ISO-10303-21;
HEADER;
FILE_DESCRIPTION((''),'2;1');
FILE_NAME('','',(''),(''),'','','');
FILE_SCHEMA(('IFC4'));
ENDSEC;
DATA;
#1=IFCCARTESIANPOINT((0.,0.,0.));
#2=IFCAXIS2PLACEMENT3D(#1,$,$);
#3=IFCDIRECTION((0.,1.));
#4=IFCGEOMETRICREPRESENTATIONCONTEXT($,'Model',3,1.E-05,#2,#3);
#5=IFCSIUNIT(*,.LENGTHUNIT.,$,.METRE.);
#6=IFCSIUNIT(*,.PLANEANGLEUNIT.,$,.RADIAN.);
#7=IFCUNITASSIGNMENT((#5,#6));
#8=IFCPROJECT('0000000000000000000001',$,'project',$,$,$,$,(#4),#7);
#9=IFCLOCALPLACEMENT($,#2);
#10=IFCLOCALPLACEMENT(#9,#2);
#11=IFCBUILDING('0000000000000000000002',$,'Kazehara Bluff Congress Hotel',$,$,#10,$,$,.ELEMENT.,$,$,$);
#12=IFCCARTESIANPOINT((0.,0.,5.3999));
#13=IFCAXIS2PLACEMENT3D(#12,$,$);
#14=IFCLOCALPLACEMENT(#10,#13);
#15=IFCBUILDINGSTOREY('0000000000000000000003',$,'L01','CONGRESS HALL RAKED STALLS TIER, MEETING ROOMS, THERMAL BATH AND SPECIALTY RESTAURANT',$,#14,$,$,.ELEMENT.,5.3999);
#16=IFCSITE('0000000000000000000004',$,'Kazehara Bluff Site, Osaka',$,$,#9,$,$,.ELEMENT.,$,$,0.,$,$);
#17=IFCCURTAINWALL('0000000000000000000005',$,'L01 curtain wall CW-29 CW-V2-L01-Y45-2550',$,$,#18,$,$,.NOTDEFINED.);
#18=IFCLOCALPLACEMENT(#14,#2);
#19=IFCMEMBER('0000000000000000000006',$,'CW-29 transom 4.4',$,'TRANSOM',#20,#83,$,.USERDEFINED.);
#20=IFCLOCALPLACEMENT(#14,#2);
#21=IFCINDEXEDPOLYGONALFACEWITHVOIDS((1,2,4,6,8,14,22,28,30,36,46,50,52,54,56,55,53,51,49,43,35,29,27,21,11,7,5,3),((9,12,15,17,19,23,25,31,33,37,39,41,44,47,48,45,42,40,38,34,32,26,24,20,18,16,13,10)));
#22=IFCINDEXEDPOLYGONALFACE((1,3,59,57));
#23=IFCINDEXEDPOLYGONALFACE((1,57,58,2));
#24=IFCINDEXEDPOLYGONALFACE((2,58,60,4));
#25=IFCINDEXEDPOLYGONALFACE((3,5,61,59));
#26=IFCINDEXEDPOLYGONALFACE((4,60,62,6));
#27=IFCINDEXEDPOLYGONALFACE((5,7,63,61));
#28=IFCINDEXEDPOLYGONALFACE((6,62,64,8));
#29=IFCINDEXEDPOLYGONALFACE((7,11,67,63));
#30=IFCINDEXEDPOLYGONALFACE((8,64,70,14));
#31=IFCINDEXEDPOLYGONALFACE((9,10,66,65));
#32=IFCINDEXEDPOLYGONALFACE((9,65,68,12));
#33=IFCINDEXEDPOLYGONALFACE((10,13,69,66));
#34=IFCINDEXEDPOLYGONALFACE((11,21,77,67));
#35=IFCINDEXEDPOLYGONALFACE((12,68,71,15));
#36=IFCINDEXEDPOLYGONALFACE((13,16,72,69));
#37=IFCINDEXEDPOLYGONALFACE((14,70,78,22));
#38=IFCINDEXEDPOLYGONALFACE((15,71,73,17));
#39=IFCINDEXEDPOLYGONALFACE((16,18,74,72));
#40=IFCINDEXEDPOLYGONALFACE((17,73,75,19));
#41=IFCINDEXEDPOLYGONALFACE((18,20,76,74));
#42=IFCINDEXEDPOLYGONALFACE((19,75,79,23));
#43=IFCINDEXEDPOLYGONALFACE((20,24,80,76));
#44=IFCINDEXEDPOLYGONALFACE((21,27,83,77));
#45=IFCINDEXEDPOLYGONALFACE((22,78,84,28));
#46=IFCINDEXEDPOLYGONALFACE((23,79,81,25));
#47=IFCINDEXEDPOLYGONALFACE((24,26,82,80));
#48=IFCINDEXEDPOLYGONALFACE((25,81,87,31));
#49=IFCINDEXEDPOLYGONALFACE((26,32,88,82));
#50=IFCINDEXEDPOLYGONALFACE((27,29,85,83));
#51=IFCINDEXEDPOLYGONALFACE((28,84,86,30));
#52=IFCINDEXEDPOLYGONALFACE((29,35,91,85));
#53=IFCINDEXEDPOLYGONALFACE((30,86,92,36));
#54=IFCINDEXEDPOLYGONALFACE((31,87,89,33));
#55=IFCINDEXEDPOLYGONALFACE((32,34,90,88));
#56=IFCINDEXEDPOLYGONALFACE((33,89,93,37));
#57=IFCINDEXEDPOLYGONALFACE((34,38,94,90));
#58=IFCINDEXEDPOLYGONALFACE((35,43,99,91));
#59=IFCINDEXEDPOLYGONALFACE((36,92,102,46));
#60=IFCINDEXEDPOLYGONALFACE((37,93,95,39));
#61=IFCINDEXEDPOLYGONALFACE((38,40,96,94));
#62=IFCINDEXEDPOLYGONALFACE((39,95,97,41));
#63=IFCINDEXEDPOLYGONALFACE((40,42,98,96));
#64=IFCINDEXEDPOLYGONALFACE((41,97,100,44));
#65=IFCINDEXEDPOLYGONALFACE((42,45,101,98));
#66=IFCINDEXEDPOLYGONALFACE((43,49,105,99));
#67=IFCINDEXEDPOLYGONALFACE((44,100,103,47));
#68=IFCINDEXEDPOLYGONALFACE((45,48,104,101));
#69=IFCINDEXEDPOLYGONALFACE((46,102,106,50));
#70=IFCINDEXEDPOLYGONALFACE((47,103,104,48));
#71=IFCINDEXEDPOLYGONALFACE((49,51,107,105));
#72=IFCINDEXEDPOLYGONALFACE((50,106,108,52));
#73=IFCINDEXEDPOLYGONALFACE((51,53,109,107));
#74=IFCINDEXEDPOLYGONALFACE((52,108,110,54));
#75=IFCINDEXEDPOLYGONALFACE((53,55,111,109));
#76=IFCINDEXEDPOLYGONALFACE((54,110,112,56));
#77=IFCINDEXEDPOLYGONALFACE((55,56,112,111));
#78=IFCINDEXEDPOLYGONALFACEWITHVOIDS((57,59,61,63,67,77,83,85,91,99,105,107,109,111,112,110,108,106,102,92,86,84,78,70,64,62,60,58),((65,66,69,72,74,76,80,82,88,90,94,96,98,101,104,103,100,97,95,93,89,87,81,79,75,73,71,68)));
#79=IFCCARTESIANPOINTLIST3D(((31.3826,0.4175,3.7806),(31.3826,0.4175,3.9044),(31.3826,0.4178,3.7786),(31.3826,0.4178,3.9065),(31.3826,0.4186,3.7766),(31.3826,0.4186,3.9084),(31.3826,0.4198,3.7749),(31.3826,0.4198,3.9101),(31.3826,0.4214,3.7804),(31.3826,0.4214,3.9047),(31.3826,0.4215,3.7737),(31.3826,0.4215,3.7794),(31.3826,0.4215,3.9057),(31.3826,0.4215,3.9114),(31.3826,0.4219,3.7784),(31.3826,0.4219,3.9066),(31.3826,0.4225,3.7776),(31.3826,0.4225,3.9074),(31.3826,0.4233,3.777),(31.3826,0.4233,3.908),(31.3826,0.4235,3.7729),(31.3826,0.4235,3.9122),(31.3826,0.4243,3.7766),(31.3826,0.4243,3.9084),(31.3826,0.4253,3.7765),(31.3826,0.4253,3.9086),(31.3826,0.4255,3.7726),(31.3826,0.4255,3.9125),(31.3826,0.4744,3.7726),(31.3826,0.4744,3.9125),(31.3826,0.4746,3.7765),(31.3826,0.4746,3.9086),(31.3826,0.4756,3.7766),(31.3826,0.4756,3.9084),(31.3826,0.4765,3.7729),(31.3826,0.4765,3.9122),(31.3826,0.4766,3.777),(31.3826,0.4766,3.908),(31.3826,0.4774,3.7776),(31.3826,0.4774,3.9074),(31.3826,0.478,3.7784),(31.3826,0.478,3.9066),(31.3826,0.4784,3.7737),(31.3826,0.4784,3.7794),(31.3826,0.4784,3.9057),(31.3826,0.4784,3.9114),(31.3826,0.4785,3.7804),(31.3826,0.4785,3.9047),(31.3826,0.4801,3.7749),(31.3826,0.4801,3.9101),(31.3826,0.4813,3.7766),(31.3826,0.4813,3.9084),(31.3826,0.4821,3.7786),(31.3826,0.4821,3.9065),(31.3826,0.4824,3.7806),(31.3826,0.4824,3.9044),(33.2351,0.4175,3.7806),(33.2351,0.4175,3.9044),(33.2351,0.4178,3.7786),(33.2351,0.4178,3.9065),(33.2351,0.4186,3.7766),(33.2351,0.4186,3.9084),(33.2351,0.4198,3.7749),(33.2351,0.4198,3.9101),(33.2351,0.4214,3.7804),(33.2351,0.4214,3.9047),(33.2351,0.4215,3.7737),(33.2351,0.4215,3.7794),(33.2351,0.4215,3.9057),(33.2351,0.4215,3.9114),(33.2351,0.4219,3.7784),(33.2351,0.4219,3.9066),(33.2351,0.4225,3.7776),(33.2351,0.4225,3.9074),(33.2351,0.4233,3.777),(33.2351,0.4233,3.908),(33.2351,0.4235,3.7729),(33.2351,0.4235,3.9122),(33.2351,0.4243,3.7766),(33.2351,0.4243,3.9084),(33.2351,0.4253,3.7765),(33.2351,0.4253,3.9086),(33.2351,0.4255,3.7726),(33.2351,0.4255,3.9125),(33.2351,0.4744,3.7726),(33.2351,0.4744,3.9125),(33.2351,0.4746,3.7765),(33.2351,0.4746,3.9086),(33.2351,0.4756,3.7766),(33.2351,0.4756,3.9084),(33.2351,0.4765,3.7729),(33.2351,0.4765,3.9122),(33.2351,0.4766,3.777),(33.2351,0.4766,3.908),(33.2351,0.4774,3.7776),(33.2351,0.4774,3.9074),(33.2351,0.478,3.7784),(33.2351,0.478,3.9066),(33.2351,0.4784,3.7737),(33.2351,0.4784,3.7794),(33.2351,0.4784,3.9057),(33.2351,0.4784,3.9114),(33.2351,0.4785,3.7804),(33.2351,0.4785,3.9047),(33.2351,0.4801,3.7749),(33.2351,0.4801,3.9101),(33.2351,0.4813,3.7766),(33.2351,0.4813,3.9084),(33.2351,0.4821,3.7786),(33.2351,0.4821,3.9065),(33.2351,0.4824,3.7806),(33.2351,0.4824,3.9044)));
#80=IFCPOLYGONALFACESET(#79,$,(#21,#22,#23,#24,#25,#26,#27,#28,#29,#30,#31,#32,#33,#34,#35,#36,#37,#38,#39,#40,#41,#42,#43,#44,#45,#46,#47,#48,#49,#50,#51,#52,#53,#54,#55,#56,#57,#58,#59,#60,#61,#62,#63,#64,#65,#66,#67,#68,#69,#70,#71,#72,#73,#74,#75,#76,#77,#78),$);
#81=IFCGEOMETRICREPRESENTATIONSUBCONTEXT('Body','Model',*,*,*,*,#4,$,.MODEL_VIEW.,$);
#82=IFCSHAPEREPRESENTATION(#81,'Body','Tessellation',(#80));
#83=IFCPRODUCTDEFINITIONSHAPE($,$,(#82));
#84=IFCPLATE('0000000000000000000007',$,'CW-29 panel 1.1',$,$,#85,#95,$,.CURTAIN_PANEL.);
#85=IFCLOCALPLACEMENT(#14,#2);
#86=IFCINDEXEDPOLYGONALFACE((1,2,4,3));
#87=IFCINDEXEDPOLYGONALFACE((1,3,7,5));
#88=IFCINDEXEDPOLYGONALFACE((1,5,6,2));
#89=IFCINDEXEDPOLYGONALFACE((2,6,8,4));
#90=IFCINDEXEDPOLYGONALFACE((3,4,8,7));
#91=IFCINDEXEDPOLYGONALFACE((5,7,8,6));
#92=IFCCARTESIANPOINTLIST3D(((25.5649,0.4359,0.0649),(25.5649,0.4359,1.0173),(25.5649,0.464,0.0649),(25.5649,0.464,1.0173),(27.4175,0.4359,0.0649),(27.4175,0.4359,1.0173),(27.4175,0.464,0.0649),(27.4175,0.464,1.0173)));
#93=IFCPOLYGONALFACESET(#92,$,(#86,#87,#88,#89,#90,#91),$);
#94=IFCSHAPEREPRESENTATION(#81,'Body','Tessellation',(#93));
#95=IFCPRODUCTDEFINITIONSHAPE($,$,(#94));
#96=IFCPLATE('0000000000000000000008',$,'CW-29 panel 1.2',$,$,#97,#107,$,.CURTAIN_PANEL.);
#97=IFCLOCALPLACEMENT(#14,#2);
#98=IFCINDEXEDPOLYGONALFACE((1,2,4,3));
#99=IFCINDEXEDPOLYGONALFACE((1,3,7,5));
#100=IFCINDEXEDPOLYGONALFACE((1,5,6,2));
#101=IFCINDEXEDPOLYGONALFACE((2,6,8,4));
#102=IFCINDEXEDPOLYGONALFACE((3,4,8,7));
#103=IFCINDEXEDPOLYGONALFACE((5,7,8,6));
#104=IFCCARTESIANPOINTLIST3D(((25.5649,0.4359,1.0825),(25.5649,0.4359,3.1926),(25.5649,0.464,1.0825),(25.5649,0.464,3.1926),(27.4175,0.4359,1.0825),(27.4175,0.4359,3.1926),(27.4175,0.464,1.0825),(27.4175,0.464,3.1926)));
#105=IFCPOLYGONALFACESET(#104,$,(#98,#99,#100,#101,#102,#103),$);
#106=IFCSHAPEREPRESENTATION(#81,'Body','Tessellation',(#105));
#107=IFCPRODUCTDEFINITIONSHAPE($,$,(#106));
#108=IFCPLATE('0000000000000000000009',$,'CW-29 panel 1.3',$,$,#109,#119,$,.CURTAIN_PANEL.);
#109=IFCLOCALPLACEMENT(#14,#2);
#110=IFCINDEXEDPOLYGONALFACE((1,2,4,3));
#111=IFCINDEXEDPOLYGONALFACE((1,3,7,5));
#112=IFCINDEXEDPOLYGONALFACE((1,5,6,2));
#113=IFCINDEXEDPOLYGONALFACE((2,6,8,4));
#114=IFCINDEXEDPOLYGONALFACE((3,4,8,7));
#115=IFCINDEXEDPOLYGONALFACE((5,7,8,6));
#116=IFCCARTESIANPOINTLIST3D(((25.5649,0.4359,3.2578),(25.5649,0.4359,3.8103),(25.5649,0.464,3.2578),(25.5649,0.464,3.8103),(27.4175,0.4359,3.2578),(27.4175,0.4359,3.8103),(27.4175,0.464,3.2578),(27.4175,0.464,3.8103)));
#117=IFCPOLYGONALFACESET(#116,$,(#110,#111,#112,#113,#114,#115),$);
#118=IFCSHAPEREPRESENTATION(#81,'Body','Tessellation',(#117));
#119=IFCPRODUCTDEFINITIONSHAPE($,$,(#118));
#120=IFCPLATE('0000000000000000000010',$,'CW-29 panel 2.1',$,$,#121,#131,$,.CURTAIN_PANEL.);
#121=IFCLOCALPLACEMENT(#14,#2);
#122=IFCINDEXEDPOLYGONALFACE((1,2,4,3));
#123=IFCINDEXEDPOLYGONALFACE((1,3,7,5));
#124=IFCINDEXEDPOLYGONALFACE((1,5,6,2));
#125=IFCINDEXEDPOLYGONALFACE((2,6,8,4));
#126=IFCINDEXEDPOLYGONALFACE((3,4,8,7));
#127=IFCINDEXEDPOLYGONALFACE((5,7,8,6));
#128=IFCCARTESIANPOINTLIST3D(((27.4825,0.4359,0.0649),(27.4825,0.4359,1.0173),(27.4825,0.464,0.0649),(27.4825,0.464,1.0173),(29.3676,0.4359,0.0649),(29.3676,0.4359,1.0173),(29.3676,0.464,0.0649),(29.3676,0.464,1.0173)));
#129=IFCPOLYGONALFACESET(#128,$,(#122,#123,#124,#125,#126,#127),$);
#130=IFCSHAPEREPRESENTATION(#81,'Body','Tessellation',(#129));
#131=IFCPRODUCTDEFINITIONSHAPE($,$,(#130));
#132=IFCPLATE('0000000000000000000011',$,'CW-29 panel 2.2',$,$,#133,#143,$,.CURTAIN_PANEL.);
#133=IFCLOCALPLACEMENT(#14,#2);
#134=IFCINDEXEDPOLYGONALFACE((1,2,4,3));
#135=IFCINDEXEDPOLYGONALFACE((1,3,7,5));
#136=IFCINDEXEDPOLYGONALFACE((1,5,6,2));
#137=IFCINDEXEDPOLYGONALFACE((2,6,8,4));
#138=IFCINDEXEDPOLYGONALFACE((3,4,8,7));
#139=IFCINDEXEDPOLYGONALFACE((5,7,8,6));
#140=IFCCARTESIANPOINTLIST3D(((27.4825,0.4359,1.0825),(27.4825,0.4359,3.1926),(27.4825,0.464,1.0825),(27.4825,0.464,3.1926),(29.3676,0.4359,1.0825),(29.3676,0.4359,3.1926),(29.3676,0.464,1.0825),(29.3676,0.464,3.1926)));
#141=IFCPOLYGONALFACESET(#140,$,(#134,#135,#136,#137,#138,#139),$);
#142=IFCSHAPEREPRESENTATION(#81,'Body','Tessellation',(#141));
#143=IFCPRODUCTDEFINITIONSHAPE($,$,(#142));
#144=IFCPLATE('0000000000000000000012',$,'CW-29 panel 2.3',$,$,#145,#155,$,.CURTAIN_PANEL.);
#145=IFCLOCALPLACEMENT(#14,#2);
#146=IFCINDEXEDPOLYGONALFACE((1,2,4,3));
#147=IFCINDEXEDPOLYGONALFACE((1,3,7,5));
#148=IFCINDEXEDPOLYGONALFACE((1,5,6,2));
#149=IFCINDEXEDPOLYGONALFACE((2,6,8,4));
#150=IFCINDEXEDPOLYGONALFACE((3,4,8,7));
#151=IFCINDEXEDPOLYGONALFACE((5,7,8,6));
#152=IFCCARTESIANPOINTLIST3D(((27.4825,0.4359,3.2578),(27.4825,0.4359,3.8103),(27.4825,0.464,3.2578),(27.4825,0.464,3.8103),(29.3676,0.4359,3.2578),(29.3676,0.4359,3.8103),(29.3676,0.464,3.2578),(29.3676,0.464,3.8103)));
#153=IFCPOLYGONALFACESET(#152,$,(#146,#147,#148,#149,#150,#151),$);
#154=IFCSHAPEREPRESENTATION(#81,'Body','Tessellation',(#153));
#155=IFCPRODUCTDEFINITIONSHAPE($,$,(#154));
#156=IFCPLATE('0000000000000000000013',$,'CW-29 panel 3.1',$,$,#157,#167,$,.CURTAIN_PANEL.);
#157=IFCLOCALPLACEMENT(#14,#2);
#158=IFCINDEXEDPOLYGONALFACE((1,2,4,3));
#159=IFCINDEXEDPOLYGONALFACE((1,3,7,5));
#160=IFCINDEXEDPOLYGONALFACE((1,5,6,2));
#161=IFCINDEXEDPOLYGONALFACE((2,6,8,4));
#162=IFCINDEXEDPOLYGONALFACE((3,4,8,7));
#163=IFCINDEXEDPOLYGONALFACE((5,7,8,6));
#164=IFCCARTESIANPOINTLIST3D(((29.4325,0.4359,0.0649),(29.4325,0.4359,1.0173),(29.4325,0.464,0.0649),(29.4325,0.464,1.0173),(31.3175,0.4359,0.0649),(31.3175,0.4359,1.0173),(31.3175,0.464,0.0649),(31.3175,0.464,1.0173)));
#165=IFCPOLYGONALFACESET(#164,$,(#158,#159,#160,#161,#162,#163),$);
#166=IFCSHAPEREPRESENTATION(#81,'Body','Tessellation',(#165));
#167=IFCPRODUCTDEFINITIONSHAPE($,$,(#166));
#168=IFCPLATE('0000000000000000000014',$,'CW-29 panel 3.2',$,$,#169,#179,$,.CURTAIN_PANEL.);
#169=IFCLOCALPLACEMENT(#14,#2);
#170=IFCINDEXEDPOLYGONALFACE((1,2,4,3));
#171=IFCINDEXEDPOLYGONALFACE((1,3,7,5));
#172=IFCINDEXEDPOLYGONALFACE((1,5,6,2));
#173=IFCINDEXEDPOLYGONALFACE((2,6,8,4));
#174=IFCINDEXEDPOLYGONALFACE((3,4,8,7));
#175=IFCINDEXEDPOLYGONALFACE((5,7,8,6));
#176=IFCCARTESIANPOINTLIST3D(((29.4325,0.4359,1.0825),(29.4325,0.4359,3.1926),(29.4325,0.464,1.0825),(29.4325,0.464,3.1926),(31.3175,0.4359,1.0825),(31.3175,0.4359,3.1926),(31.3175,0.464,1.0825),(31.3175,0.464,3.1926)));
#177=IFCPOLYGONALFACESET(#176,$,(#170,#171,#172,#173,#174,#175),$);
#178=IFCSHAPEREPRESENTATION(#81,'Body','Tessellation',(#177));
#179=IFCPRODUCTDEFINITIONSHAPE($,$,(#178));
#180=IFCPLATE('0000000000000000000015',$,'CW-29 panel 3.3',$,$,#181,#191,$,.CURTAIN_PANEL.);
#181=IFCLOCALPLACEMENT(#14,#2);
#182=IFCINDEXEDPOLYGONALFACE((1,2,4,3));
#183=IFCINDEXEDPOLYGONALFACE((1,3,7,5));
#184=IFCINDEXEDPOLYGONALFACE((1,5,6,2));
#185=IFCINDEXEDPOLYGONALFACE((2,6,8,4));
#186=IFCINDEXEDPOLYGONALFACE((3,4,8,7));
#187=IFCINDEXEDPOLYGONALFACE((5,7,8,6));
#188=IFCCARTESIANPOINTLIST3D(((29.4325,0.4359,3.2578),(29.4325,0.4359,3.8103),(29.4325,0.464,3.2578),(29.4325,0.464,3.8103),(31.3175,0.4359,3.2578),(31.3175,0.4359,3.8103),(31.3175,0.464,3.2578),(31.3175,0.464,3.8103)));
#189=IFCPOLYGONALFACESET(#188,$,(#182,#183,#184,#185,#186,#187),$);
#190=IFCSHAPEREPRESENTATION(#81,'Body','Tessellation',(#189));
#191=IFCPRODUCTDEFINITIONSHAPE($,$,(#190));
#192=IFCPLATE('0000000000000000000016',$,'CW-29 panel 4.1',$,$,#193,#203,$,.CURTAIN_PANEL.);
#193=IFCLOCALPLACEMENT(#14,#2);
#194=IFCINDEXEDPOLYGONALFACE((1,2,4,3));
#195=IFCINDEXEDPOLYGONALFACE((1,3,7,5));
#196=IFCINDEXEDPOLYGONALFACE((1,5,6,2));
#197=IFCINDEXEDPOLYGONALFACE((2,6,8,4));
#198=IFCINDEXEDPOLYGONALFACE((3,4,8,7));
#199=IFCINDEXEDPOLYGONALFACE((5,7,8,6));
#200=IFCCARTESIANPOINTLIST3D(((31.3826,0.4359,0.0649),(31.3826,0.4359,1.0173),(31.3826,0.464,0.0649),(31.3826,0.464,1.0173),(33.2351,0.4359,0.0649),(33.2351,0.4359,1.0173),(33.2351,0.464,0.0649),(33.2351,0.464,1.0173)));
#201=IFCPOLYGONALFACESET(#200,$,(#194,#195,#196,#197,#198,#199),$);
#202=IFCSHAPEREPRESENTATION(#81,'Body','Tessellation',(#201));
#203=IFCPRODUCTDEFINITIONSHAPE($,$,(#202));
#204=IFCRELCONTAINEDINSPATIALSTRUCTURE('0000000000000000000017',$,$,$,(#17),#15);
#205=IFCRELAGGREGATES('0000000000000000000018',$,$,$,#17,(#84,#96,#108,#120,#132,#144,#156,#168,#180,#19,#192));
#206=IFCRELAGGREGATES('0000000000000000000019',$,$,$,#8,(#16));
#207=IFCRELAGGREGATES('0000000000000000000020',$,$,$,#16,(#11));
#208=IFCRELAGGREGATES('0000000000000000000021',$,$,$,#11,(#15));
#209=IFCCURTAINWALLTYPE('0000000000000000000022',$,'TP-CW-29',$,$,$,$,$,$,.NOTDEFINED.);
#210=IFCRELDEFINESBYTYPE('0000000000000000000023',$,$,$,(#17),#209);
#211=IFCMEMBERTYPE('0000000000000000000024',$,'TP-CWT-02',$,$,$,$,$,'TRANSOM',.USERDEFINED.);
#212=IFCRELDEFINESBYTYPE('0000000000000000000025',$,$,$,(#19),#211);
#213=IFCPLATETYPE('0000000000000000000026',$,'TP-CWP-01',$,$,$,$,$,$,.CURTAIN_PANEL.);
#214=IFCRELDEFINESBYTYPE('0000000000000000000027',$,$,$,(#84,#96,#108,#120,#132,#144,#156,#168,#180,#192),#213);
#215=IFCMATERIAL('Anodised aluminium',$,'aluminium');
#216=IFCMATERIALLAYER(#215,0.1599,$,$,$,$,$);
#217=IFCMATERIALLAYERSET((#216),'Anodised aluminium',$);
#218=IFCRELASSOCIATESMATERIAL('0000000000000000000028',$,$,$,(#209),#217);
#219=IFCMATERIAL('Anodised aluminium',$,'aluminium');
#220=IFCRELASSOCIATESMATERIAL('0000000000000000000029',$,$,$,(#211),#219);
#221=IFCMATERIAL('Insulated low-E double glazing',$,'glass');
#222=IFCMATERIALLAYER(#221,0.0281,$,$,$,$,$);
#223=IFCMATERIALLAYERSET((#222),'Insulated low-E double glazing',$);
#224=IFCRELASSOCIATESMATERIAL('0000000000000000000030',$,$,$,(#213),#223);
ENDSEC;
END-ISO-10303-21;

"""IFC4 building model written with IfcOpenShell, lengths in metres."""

from ifc_helpers import new_model, si_unit, direction, frame, origin, origin_2d, place, context, subcontext, project, spatial, rectangle, hollow_rectangle, extrude, material, layer, layer_set, material_profile, profile_set, type_object, element, aggregate, save


model = new_model("IFC4")

# Units and contexts
model_context = context("Model", 3, precision=1e-05, world=origin(), true_north=direction((0.0, 1.0)))
body_context = subcontext(model_context, "Body", "Model", "MODEL_VIEW")
ifc_project = project(units=[si_unit("LENGTHUNIT", "METRE"), si_unit("PLANEANGLEUNIT", "RADIAN")], contexts=[model_context])

# Site, building, storey
site_placement = place(None, origin())
site = spatial("IfcSite", under=ifc_project, at=site_placement, Name="Kazehara Bluff Site, Osaka", CompositionType="ELEMENT", RefElevation=0.0)
building_placement = place(site_placement, origin())
building = spatial("IfcBuilding", under=site, at=building_placement, Name="Kazehara Bluff Congress Hotel", CompositionType="ELEMENT")
storey_placement = place(building_placement, frame((0.0, 0.0, 5.3999)))
storey = spatial("IfcBuildingStorey", under=building, at=storey_placement, Name="L01", Description="CONGRESS HALL RAKED STALLS TIER, MEETING ROOMS, THERMAL BATH AND SPECIALTY RESTAURANT", CompositionType="ELEMENT", Elevation=5.3999)

# Curtain wall, member, plates
ifc_material_1 = material(Name="Anodised aluminium", Category="aluminium")
ifc_layer_1 = layer(ifc_material_1, 0.1599)
ifc_layer_set_1 = layer_set([ifc_layer_1], Name="Anodised aluminium")
curtain_wall_type = type_object("IfcCurtainWallType", Name="TP-CW-29", PredefinedType="NOTDEFINED", material=ifc_layer_set_1)
curtain_wall_placement = place(storey_placement, origin())
curtain_wall = element("IfcCurtainWall", 1, at=curtain_wall_placement, inside=storey, type_object=curtain_wall_type, Name="L01 curtain wall CW-29 CW-V2-L01-Y45-2550", PredefinedType="NOTDEFINED")
ifc_material_2 = material(Name="Anodised aluminium", Category="aluminium")
ifc_material_profile_1 = material_profile(ifc_material_2, hollow_rectangle(XDim=0.0649, YDim=0.1399, WallThickness=0.0039, InnerFilletRadius=0.0039, OuterFilletRadius=0.0081, at=origin_2d()))
ifc_profile_set_1 = profile_set([ifc_material_profile_1], Name="Anodised aluminium")
member_type_1 = type_object("IfcMemberType", Name="TP-CWT-02", ElementType="TRANSOM", PredefinedType="USERDEFINED", material=ifc_profile_set_1)
member_1_placement = place(storey_placement, frame((31.3826, 0.45, 3.8425), z_axis=(1.0, 0.0, 0.0), x_axis=(0.0, 1.0, 0.0)))
member_1 = element("IfcMember", 2, at=member_1_placement, type_object=member_type_1, Name="CW-29 transom 4.4", ObjectType="TRANSOM", PredefinedType="USERDEFINED", context=body_context, shape_type="SweptSolid", body=[
    extrude(hollow_rectangle(XDim=0.0649, YDim=0.1399, WallThickness=0.0039, InnerFilletRadius=0.0039, OuterFilletRadius=0.0081, at=origin_2d()), origin(), (0.0, 0.0, 1.0), 1.8525),
])
ifc_material_3 = material(Name="Insulated low-E double glazing", Category="glass")
ifc_layer_2 = layer(ifc_material_3, 0.0281)
ifc_layer_set_2 = layer_set([ifc_layer_2], Name="Insulated low-E double glazing")
plate_type = type_object("IfcPlateType", Name="TP-CWP-01", PredefinedType="CURTAIN_PANEL", material=ifc_layer_set_2)
plate_1_placement = place(storey_placement, frame((26.4912, 0.45, 0.0649), z_axis=(0.0, 0.0, 1.0), x_axis=(1.0, 0.0, 0.0)))
plate_1 = element("IfcPlate", 3, at=plate_1_placement, type_object=plate_type, Name="CW-29 panel 1.1", PredefinedType="CURTAIN_PANEL", context=body_context, shape_type="SweptSolid", body=[
    extrude(rectangle(XDim=1.8525, YDim=0.0281, at=origin_2d()), origin(), (0.0, 0.0, 1.0), 0.9524),
])
plate_2_placement = place(storey_placement, frame((26.4912, 0.45, 1.0825), z_axis=(0.0, 0.0, 1.0), x_axis=(1.0, 0.0, 0.0)))
plate_2 = element("IfcPlate", 4, at=plate_2_placement, type_object=plate_type, Name="CW-29 panel 1.2", PredefinedType="CURTAIN_PANEL", context=body_context, shape_type="SweptSolid", body=[
    extrude(rectangle(XDim=1.8525, YDim=0.0281, at=origin_2d()), origin(), (0.0, 0.0, 1.0), 2.1101),
])
plate_3_placement = place(storey_placement, frame((26.4912, 0.45, 3.2578), z_axis=(0.0, 0.0, 1.0), x_axis=(1.0, 0.0, 0.0)))
plate_3 = element("IfcPlate", 5, at=plate_3_placement, type_object=plate_type, Name="CW-29 panel 1.3", PredefinedType="CURTAIN_PANEL", context=body_context, shape_type="SweptSolid", body=[
    extrude(rectangle(XDim=1.8525, YDim=0.0281, at=origin_2d()), origin(), (0.0, 0.0, 1.0), 0.5525),
])
plate_4_placement = place(storey_placement, frame((28.425, 0.45, 0.0649), z_axis=(0.0, 0.0, 1.0), x_axis=(1.0, 0.0, 0.0)))
plate_4 = element("IfcPlate", 6, at=plate_4_placement, type_object=plate_type, Name="CW-29 panel 2.1", PredefinedType="CURTAIN_PANEL", context=body_context, shape_type="SweptSolid", body=[
    extrude(rectangle(XDim=1.885, YDim=0.0281, at=origin_2d()), origin(), (0.0, 0.0, 1.0), 0.9524),
])
plate_5_placement = place(storey_placement, frame((28.425, 0.45, 1.0825), z_axis=(0.0, 0.0, 1.0), x_axis=(1.0, 0.0, 0.0)))
plate_5 = element("IfcPlate", 7, at=plate_5_placement, type_object=plate_type, Name="CW-29 panel 2.2", PredefinedType="CURTAIN_PANEL", context=body_context, shape_type="SweptSolid", body=[
    extrude(rectangle(XDim=1.885, YDim=0.0281, at=origin_2d()), origin(), (0.0, 0.0, 1.0), 2.1101),
])
plate_6_placement = place(storey_placement, frame((28.425, 0.45, 3.2578), z_axis=(0.0, 0.0, 1.0), x_axis=(1.0, 0.0, 0.0)))
plate_6 = element("IfcPlate", 8, at=plate_6_placement, type_object=plate_type, Name="CW-29 panel 2.3", PredefinedType="CURTAIN_PANEL", context=body_context, shape_type="SweptSolid", body=[
    extrude(rectangle(XDim=1.885, YDim=0.0281, at=origin_2d()), origin(), (0.0, 0.0, 1.0), 0.5525),
])
plate_7_placement = place(storey_placement, frame((30.375, 0.45, 0.0649), z_axis=(0.0, 0.0, 1.0), x_axis=(1.0, 0.0, 0.0)))
plate_7 = element("IfcPlate", 9, at=plate_7_placement, type_object=plate_type, Name="CW-29 panel 3.1", PredefinedType="CURTAIN_PANEL", context=body_context, shape_type="SweptSolid", body=[
    extrude(rectangle(XDim=1.885, YDim=0.0281, at=origin_2d()), origin(), (0.0, 0.0, 1.0), 0.9524),
])
plate_8_placement = place(storey_placement, frame((30.375, 0.45, 1.0825), z_axis=(0.0, 0.0, 1.0), x_axis=(1.0, 0.0, 0.0)))
plate_8 = element("IfcPlate", 10, at=plate_8_placement, type_object=plate_type, Name="CW-29 panel 3.2", PredefinedType="CURTAIN_PANEL", context=body_context, shape_type="SweptSolid", body=[
    extrude(rectangle(XDim=1.885, YDim=0.0281, at=origin_2d()), origin(), (0.0, 0.0, 1.0), 2.1101),
])
plate_9_placement = place(storey_placement, frame((30.375, 0.45, 3.2578), z_axis=(0.0, 0.0, 1.0), x_axis=(1.0, 0.0, 0.0)))
plate_9 = element("IfcPlate", 11, at=plate_9_placement, type_object=plate_type, Name="CW-29 panel 3.3", PredefinedType="CURTAIN_PANEL", context=body_context, shape_type="SweptSolid", body=[
    extrude(rectangle(XDim=1.885, YDim=0.0281, at=origin_2d()), origin(), (0.0, 0.0, 1.0), 0.5525),
])
plate_10_placement = place(storey_placement, frame((32.3088, 0.45, 0.0649), z_axis=(0.0, 0.0, 1.0), x_axis=(1.0, 0.0, 0.0)))
plate_10 = element("IfcPlate", 12, at=plate_10_placement, type_object=plate_type, Name="CW-29 panel 4.1", PredefinedType="CURTAIN_PANEL", context=body_context, shape_type="SweptSolid", body=[
    extrude(rectangle(XDim=1.8525, YDim=0.0281, at=origin_2d()), origin(), (0.0, 0.0, 1.0), 0.9524),
])
aggregate(curtain_wall, [plate_1, plate_2, plate_3, plate_4, plate_5, plate_6, plate_7, plate_8, plate_9, member_1, plate_10])

save(model, "model.ifc")
